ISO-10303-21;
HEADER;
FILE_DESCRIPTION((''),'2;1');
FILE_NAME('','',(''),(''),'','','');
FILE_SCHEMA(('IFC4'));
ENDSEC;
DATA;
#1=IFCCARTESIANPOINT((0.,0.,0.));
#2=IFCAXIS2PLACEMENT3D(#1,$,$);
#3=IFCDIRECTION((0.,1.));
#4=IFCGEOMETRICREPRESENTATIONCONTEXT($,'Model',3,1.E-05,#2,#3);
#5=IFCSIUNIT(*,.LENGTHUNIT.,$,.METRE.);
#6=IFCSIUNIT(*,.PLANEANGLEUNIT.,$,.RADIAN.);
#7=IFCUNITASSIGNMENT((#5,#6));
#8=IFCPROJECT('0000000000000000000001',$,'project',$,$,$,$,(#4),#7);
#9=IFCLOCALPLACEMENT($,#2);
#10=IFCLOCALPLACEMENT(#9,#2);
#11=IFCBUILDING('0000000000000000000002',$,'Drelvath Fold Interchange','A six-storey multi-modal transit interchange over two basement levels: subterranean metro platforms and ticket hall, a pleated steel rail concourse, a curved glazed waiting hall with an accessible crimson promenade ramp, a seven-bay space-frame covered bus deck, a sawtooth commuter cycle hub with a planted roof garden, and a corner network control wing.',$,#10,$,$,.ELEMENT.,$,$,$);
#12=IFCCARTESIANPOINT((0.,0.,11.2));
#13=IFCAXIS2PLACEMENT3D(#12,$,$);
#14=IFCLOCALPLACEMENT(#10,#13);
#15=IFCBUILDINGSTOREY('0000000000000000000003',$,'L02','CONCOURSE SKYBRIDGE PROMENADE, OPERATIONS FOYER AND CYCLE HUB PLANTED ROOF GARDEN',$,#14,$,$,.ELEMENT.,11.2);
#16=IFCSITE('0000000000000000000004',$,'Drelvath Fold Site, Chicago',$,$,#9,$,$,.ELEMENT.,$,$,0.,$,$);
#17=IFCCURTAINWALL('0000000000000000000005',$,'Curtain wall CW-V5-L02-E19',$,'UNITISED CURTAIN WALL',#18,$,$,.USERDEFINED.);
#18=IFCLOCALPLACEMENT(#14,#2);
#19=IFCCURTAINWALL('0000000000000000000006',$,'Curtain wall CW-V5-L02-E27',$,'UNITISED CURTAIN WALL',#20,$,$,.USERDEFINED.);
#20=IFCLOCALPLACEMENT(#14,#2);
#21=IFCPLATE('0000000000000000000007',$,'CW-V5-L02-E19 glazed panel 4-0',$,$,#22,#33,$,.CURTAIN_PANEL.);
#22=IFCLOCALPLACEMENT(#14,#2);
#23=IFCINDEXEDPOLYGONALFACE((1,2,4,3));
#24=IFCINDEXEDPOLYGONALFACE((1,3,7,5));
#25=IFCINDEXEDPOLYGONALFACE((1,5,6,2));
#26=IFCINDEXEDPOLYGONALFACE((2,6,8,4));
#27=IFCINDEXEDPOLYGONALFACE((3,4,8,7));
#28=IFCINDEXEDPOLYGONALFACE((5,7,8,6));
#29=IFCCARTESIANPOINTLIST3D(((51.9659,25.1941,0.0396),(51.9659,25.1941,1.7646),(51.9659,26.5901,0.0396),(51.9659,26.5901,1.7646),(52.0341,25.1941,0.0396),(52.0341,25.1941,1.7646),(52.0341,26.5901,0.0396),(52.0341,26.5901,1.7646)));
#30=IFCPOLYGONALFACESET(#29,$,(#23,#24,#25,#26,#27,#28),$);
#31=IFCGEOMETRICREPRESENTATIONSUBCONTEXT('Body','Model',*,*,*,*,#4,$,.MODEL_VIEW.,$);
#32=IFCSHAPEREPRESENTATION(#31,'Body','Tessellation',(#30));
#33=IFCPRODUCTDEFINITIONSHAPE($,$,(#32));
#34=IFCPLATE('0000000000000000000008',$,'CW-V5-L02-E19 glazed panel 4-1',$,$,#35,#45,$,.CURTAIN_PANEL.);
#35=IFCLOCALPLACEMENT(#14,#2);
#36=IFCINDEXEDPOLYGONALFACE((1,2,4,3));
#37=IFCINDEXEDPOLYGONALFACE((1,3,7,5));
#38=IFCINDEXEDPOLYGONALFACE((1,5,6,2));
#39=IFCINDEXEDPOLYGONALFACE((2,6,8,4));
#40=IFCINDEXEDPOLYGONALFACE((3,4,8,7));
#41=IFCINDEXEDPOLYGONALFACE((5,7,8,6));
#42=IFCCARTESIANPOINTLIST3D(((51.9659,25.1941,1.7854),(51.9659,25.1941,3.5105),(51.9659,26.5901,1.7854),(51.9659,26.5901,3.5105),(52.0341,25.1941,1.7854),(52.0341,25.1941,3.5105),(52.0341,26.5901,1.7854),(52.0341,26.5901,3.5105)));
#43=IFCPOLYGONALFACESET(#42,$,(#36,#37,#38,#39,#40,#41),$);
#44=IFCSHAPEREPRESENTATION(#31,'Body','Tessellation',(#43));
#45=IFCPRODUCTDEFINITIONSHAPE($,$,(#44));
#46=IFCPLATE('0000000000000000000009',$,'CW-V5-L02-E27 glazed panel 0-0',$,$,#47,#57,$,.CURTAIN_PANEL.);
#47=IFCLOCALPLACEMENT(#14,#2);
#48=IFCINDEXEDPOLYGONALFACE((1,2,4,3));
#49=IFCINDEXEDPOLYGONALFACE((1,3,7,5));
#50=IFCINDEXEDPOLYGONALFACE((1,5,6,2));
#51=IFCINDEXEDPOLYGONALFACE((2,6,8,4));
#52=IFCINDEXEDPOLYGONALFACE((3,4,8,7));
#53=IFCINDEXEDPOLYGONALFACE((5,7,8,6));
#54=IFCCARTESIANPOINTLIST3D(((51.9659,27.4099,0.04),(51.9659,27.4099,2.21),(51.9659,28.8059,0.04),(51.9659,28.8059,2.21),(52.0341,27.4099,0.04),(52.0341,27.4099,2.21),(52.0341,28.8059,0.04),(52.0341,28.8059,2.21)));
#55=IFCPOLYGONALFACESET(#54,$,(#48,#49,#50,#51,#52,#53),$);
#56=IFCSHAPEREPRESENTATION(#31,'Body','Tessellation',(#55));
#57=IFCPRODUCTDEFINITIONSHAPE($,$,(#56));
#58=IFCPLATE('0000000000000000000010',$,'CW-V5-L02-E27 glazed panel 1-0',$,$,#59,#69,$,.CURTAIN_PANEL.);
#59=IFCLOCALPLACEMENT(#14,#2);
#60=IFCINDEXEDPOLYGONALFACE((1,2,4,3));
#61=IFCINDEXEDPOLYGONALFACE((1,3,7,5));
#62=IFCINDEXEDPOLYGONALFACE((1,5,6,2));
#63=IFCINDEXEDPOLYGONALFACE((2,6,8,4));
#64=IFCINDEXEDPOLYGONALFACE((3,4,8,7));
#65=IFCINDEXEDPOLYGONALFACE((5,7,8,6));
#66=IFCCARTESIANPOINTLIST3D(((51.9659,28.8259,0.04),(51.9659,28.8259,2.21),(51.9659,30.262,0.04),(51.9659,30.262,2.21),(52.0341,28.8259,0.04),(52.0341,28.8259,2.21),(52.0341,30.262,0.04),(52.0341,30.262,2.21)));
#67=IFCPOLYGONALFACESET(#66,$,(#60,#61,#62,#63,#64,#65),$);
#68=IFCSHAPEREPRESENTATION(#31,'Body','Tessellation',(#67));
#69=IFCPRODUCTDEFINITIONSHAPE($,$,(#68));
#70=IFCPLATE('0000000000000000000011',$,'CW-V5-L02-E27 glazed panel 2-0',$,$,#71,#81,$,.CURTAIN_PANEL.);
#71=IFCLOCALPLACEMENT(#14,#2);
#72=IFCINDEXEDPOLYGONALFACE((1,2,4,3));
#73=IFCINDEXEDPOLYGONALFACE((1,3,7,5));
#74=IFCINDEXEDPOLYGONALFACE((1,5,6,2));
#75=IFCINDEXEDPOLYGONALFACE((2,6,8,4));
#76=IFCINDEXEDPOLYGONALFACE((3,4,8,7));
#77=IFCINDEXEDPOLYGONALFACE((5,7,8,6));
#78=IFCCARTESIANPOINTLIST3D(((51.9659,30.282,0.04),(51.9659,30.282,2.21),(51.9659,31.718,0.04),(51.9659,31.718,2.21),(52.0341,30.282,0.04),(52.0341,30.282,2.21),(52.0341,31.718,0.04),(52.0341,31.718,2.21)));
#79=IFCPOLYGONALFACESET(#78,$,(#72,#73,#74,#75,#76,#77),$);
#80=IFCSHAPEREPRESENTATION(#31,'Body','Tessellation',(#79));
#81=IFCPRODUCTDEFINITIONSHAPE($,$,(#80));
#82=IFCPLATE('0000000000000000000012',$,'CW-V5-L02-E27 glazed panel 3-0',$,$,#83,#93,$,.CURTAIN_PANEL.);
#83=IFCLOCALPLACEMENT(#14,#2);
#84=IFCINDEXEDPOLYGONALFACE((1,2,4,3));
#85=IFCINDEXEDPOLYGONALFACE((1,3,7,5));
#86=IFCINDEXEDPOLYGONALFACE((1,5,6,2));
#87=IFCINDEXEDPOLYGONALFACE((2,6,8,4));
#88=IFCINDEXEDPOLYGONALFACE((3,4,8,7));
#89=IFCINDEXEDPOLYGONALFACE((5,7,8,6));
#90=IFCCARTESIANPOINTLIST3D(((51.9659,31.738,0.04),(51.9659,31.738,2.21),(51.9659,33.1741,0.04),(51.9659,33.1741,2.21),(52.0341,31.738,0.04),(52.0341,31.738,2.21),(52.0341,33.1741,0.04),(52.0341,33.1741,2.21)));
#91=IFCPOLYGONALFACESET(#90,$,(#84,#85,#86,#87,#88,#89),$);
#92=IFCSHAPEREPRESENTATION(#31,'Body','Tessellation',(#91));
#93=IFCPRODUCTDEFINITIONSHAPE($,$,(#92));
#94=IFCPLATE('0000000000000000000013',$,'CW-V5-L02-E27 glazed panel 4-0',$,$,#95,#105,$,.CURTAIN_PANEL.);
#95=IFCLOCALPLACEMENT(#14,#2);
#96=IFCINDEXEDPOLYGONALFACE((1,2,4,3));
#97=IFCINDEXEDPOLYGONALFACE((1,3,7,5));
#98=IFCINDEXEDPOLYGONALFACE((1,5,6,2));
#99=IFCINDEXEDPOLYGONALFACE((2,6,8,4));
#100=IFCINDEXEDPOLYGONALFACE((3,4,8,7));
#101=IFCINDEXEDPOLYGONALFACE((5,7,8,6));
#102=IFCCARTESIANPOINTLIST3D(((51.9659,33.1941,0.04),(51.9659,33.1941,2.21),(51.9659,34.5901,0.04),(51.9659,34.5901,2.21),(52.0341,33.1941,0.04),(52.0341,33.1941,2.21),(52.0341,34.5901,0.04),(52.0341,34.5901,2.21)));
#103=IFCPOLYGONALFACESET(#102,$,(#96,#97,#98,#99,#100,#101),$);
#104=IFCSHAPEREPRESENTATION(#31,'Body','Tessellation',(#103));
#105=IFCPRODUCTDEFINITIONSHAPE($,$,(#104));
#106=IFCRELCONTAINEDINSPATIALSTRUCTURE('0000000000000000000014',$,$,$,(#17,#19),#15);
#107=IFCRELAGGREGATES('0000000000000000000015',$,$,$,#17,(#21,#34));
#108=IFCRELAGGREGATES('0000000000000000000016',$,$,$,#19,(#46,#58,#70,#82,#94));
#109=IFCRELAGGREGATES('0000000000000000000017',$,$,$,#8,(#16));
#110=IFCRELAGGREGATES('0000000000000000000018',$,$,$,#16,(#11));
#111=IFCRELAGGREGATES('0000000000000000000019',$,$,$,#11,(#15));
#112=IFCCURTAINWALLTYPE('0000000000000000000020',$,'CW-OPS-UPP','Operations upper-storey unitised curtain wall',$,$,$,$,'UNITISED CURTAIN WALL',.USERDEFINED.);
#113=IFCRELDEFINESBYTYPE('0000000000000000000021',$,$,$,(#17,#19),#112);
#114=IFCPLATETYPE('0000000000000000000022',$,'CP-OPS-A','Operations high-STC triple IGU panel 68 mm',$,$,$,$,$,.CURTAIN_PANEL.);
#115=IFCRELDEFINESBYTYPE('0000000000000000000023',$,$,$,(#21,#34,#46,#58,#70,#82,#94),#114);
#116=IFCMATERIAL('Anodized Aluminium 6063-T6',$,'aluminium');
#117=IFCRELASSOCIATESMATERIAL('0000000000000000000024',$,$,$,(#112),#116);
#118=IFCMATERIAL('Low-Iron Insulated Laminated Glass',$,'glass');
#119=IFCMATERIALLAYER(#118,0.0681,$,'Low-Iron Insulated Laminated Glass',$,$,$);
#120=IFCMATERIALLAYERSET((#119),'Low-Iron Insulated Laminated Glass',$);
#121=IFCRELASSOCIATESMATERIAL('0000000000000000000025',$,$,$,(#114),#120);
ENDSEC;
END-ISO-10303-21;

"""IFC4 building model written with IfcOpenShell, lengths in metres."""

from ifc_helpers import new_model, si_unit, direction, frame, origin, origin_2d, place, context, subcontext, project, spatial, rectangle, extrude, material, layer, layer_set, type_object, element, aggregate, save


model = new_model("IFC4")

# Units and contexts
model_context = context("Model", 3, precision=1e-05, world=origin(), true_north=direction((0.0, 1.0)))
body_context = subcontext(model_context, "Body", "Model", "MODEL_VIEW")
ifc_project = project(units=[si_unit("LENGTHUNIT", "METRE"), si_unit("PLANEANGLEUNIT", "RADIAN")], contexts=[model_context])

# Site, building, storey
site_placement = place(None, origin())
site = spatial("IfcSite", under=ifc_project, at=site_placement, Name="Drelvath Fold Site, Chicago", CompositionType="ELEMENT", RefElevation=0.0)
building_placement = place(site_placement, origin())
building = spatial("IfcBuilding", under=site, at=building_placement, Name="Drelvath Fold Interchange", Description="A six-storey multi-modal transit interchange over two basement levels: subterranean metro platforms and ticket hall, a pleated steel rail concourse, a curved glazed waiting hall with an accessible crimson promenade ramp, a seven-bay space-frame covered bus deck, a sawtooth commuter cycle hub with a planted roof garden, and a corner network control wing.", CompositionType="ELEMENT")
storey_placement = place(building_placement, frame((0.0, 0.0, 11.2)))
storey = spatial("IfcBuildingStorey", under=building, at=storey_placement, Name="L02", Description="CONCOURSE SKYBRIDGE PROMENADE, OPERATIONS FOYER AND CYCLE HUB PLANTED ROOF GARDEN", CompositionType="ELEMENT", Elevation=11.2)

# Curtain walls
ifc_material_1 = material(Name="Anodized Aluminium 6063-T6", Category="aluminium")
curtain_wall_type = type_object("IfcCurtainWallType", Name="CW-OPS-UPP", Description="Operations upper-storey unitised curtain wall", ElementType="UNITISED CURTAIN WALL", PredefinedType="USERDEFINED", material=ifc_material_1)
curtain_wall_1_placement = place(storey_placement, origin())
curtain_wall_1 = element("IfcCurtainWall", 1, at=curtain_wall_1_placement, inside=storey, type_object=curtain_wall_type, Name="Curtain wall CW-V5-L02-E19", ObjectType="UNITISED CURTAIN WALL", PredefinedType="USERDEFINED")
curtain_wall_2_placement = place(storey_placement, origin())
curtain_wall_2 = element("IfcCurtainWall", 2, at=curtain_wall_2_placement, inside=storey, type_object=curtain_wall_type, Name="Curtain wall CW-V5-L02-E27", ObjectType="UNITISED CURTAIN WALL", PredefinedType="USERDEFINED")

# Plates
ifc_material_2 = material(Name="Low-Iron Insulated Laminated Glass", Category="glass")
ifc_layer = layer(ifc_material_2, 0.0681, Name="Low-Iron Insulated Laminated Glass")
ifc_layer_set = layer_set([ifc_layer], Name="Low-Iron Insulated Laminated Glass")
plate_type = type_object("IfcPlateType", Name="CP-OPS-A", Description="Operations high-STC triple IGU panel 68 mm", PredefinedType="CURTAIN_PANEL", material=ifc_layer_set)
plate_1_placement = place(storey_placement, frame((52.0, 25.8921, 0.0396), z_axis=(0.0, 0.0, 1.0), x_axis=(0.0, 1.0, 0.0)))
plate_1 = element("IfcPlate", 3, at=plate_1_placement, type_object=plate_type, Name="CW-V5-L02-E19 glazed panel 4-0", PredefinedType="CURTAIN_PANEL", context=body_context, shape_type="SweptSolid", body=[
    extrude(rectangle(XDim=1.396, YDim=0.0681, at=origin_2d()), origin(), (0.0, 0.0, 1.0), 1.7251),
])
plate_2_placement = place(storey_placement, frame((52.0, 25.8921, 1.7854), z_axis=(0.0, 0.0, 1.0), x_axis=(0.0, 1.0, 0.0)))
plate_2 = element("IfcPlate", 4, at=plate_2_placement, type_object=plate_type, Name="CW-V5-L02-E19 glazed panel 4-1", PredefinedType="CURTAIN_PANEL", context=body_context, shape_type="SweptSolid", body=[
    extrude(rectangle(XDim=1.396, YDim=0.0681, at=origin_2d()), origin(), (0.0, 0.0, 1.0), 1.7251),
])
aggregate(curtain_wall_1, [plate_1, plate_2])
plate_3_placement = place(storey_placement, frame((52.0, 28.1079, 0.04), z_axis=(0.0, 0.0, 1.0), x_axis=(0.0, 1.0, 0.0)))
plate_3 = element("IfcPlate", 5, at=plate_3_placement, type_object=plate_type, Name="CW-V5-L02-E27 glazed panel 0-0", PredefinedType="CURTAIN_PANEL", context=body_context, shape_type="SweptSolid", body=[
    extrude(rectangle(XDim=1.396, YDim=0.0681, at=origin_2d()), origin(), (0.0, 0.0, 1.0), 2.1699),
])
plate_4_placement = place(storey_placement, frame((52.0, 29.5439, 0.04), z_axis=(0.0, 0.0, 1.0), x_axis=(0.0, 1.0, 0.0)))
plate_4 = element("IfcPlate", 6, at=plate_4_placement, type_object=plate_type, Name="CW-V5-L02-E27 glazed panel 1-0", PredefinedType="CURTAIN_PANEL", context=body_context, shape_type="SweptSolid", body=[
    extrude(rectangle(XDim=1.436, YDim=0.0681, at=origin_2d()), origin(), (0.0, 0.0, 1.0), 2.1699),
])
plate_5_placement = place(storey_placement, frame((52.0, 31.0, 0.04), z_axis=(0.0, 0.0, 1.0), x_axis=(0.0, 1.0, 0.0)))
plate_5 = element("IfcPlate", 7, at=plate_5_placement, type_object=plate_type, Name="CW-V5-L02-E27 glazed panel 2-0", PredefinedType="CURTAIN_PANEL", context=body_context, shape_type="SweptSolid", body=[
    extrude(rectangle(XDim=1.436, YDim=0.0681, at=origin_2d()), origin(), (0.0, 0.0, 1.0), 2.1699),
])
plate_6_placement = place(storey_placement, frame((52.0, 32.4561, 0.04), z_axis=(0.0, 0.0, 1.0), x_axis=(0.0, 1.0, 0.0)))
plate_6 = element("IfcPlate", 8, at=plate_6_placement, type_object=plate_type, Name="CW-V5-L02-E27 glazed panel 3-0", PredefinedType="CURTAIN_PANEL", context=body_context, shape_type="SweptSolid", body=[
    extrude(rectangle(XDim=1.436, YDim=0.0681, at=origin_2d()), origin(), (0.0, 0.0, 1.0), 2.1699),
])
plate_7_placement = place(storey_placement, frame((52.0, 33.8921, 0.04), z_axis=(0.0, 0.0, 1.0), x_axis=(0.0, 1.0, 0.0)))
plate_7 = element("IfcPlate", 9, at=plate_7_placement, type_object=plate_type, Name="CW-V5-L02-E27 glazed panel 4-0", PredefinedType="CURTAIN_PANEL", context=body_context, shape_type="SweptSolid", body=[
    extrude(rectangle(XDim=1.396, YDim=0.0681, at=origin_2d()), origin(), (0.0, 0.0, 1.0), 2.1699),
])
aggregate(curtain_wall_2, [plate_3, plate_4, plate_5, plate_6, plate_7])

save(model, "model.ifc")
